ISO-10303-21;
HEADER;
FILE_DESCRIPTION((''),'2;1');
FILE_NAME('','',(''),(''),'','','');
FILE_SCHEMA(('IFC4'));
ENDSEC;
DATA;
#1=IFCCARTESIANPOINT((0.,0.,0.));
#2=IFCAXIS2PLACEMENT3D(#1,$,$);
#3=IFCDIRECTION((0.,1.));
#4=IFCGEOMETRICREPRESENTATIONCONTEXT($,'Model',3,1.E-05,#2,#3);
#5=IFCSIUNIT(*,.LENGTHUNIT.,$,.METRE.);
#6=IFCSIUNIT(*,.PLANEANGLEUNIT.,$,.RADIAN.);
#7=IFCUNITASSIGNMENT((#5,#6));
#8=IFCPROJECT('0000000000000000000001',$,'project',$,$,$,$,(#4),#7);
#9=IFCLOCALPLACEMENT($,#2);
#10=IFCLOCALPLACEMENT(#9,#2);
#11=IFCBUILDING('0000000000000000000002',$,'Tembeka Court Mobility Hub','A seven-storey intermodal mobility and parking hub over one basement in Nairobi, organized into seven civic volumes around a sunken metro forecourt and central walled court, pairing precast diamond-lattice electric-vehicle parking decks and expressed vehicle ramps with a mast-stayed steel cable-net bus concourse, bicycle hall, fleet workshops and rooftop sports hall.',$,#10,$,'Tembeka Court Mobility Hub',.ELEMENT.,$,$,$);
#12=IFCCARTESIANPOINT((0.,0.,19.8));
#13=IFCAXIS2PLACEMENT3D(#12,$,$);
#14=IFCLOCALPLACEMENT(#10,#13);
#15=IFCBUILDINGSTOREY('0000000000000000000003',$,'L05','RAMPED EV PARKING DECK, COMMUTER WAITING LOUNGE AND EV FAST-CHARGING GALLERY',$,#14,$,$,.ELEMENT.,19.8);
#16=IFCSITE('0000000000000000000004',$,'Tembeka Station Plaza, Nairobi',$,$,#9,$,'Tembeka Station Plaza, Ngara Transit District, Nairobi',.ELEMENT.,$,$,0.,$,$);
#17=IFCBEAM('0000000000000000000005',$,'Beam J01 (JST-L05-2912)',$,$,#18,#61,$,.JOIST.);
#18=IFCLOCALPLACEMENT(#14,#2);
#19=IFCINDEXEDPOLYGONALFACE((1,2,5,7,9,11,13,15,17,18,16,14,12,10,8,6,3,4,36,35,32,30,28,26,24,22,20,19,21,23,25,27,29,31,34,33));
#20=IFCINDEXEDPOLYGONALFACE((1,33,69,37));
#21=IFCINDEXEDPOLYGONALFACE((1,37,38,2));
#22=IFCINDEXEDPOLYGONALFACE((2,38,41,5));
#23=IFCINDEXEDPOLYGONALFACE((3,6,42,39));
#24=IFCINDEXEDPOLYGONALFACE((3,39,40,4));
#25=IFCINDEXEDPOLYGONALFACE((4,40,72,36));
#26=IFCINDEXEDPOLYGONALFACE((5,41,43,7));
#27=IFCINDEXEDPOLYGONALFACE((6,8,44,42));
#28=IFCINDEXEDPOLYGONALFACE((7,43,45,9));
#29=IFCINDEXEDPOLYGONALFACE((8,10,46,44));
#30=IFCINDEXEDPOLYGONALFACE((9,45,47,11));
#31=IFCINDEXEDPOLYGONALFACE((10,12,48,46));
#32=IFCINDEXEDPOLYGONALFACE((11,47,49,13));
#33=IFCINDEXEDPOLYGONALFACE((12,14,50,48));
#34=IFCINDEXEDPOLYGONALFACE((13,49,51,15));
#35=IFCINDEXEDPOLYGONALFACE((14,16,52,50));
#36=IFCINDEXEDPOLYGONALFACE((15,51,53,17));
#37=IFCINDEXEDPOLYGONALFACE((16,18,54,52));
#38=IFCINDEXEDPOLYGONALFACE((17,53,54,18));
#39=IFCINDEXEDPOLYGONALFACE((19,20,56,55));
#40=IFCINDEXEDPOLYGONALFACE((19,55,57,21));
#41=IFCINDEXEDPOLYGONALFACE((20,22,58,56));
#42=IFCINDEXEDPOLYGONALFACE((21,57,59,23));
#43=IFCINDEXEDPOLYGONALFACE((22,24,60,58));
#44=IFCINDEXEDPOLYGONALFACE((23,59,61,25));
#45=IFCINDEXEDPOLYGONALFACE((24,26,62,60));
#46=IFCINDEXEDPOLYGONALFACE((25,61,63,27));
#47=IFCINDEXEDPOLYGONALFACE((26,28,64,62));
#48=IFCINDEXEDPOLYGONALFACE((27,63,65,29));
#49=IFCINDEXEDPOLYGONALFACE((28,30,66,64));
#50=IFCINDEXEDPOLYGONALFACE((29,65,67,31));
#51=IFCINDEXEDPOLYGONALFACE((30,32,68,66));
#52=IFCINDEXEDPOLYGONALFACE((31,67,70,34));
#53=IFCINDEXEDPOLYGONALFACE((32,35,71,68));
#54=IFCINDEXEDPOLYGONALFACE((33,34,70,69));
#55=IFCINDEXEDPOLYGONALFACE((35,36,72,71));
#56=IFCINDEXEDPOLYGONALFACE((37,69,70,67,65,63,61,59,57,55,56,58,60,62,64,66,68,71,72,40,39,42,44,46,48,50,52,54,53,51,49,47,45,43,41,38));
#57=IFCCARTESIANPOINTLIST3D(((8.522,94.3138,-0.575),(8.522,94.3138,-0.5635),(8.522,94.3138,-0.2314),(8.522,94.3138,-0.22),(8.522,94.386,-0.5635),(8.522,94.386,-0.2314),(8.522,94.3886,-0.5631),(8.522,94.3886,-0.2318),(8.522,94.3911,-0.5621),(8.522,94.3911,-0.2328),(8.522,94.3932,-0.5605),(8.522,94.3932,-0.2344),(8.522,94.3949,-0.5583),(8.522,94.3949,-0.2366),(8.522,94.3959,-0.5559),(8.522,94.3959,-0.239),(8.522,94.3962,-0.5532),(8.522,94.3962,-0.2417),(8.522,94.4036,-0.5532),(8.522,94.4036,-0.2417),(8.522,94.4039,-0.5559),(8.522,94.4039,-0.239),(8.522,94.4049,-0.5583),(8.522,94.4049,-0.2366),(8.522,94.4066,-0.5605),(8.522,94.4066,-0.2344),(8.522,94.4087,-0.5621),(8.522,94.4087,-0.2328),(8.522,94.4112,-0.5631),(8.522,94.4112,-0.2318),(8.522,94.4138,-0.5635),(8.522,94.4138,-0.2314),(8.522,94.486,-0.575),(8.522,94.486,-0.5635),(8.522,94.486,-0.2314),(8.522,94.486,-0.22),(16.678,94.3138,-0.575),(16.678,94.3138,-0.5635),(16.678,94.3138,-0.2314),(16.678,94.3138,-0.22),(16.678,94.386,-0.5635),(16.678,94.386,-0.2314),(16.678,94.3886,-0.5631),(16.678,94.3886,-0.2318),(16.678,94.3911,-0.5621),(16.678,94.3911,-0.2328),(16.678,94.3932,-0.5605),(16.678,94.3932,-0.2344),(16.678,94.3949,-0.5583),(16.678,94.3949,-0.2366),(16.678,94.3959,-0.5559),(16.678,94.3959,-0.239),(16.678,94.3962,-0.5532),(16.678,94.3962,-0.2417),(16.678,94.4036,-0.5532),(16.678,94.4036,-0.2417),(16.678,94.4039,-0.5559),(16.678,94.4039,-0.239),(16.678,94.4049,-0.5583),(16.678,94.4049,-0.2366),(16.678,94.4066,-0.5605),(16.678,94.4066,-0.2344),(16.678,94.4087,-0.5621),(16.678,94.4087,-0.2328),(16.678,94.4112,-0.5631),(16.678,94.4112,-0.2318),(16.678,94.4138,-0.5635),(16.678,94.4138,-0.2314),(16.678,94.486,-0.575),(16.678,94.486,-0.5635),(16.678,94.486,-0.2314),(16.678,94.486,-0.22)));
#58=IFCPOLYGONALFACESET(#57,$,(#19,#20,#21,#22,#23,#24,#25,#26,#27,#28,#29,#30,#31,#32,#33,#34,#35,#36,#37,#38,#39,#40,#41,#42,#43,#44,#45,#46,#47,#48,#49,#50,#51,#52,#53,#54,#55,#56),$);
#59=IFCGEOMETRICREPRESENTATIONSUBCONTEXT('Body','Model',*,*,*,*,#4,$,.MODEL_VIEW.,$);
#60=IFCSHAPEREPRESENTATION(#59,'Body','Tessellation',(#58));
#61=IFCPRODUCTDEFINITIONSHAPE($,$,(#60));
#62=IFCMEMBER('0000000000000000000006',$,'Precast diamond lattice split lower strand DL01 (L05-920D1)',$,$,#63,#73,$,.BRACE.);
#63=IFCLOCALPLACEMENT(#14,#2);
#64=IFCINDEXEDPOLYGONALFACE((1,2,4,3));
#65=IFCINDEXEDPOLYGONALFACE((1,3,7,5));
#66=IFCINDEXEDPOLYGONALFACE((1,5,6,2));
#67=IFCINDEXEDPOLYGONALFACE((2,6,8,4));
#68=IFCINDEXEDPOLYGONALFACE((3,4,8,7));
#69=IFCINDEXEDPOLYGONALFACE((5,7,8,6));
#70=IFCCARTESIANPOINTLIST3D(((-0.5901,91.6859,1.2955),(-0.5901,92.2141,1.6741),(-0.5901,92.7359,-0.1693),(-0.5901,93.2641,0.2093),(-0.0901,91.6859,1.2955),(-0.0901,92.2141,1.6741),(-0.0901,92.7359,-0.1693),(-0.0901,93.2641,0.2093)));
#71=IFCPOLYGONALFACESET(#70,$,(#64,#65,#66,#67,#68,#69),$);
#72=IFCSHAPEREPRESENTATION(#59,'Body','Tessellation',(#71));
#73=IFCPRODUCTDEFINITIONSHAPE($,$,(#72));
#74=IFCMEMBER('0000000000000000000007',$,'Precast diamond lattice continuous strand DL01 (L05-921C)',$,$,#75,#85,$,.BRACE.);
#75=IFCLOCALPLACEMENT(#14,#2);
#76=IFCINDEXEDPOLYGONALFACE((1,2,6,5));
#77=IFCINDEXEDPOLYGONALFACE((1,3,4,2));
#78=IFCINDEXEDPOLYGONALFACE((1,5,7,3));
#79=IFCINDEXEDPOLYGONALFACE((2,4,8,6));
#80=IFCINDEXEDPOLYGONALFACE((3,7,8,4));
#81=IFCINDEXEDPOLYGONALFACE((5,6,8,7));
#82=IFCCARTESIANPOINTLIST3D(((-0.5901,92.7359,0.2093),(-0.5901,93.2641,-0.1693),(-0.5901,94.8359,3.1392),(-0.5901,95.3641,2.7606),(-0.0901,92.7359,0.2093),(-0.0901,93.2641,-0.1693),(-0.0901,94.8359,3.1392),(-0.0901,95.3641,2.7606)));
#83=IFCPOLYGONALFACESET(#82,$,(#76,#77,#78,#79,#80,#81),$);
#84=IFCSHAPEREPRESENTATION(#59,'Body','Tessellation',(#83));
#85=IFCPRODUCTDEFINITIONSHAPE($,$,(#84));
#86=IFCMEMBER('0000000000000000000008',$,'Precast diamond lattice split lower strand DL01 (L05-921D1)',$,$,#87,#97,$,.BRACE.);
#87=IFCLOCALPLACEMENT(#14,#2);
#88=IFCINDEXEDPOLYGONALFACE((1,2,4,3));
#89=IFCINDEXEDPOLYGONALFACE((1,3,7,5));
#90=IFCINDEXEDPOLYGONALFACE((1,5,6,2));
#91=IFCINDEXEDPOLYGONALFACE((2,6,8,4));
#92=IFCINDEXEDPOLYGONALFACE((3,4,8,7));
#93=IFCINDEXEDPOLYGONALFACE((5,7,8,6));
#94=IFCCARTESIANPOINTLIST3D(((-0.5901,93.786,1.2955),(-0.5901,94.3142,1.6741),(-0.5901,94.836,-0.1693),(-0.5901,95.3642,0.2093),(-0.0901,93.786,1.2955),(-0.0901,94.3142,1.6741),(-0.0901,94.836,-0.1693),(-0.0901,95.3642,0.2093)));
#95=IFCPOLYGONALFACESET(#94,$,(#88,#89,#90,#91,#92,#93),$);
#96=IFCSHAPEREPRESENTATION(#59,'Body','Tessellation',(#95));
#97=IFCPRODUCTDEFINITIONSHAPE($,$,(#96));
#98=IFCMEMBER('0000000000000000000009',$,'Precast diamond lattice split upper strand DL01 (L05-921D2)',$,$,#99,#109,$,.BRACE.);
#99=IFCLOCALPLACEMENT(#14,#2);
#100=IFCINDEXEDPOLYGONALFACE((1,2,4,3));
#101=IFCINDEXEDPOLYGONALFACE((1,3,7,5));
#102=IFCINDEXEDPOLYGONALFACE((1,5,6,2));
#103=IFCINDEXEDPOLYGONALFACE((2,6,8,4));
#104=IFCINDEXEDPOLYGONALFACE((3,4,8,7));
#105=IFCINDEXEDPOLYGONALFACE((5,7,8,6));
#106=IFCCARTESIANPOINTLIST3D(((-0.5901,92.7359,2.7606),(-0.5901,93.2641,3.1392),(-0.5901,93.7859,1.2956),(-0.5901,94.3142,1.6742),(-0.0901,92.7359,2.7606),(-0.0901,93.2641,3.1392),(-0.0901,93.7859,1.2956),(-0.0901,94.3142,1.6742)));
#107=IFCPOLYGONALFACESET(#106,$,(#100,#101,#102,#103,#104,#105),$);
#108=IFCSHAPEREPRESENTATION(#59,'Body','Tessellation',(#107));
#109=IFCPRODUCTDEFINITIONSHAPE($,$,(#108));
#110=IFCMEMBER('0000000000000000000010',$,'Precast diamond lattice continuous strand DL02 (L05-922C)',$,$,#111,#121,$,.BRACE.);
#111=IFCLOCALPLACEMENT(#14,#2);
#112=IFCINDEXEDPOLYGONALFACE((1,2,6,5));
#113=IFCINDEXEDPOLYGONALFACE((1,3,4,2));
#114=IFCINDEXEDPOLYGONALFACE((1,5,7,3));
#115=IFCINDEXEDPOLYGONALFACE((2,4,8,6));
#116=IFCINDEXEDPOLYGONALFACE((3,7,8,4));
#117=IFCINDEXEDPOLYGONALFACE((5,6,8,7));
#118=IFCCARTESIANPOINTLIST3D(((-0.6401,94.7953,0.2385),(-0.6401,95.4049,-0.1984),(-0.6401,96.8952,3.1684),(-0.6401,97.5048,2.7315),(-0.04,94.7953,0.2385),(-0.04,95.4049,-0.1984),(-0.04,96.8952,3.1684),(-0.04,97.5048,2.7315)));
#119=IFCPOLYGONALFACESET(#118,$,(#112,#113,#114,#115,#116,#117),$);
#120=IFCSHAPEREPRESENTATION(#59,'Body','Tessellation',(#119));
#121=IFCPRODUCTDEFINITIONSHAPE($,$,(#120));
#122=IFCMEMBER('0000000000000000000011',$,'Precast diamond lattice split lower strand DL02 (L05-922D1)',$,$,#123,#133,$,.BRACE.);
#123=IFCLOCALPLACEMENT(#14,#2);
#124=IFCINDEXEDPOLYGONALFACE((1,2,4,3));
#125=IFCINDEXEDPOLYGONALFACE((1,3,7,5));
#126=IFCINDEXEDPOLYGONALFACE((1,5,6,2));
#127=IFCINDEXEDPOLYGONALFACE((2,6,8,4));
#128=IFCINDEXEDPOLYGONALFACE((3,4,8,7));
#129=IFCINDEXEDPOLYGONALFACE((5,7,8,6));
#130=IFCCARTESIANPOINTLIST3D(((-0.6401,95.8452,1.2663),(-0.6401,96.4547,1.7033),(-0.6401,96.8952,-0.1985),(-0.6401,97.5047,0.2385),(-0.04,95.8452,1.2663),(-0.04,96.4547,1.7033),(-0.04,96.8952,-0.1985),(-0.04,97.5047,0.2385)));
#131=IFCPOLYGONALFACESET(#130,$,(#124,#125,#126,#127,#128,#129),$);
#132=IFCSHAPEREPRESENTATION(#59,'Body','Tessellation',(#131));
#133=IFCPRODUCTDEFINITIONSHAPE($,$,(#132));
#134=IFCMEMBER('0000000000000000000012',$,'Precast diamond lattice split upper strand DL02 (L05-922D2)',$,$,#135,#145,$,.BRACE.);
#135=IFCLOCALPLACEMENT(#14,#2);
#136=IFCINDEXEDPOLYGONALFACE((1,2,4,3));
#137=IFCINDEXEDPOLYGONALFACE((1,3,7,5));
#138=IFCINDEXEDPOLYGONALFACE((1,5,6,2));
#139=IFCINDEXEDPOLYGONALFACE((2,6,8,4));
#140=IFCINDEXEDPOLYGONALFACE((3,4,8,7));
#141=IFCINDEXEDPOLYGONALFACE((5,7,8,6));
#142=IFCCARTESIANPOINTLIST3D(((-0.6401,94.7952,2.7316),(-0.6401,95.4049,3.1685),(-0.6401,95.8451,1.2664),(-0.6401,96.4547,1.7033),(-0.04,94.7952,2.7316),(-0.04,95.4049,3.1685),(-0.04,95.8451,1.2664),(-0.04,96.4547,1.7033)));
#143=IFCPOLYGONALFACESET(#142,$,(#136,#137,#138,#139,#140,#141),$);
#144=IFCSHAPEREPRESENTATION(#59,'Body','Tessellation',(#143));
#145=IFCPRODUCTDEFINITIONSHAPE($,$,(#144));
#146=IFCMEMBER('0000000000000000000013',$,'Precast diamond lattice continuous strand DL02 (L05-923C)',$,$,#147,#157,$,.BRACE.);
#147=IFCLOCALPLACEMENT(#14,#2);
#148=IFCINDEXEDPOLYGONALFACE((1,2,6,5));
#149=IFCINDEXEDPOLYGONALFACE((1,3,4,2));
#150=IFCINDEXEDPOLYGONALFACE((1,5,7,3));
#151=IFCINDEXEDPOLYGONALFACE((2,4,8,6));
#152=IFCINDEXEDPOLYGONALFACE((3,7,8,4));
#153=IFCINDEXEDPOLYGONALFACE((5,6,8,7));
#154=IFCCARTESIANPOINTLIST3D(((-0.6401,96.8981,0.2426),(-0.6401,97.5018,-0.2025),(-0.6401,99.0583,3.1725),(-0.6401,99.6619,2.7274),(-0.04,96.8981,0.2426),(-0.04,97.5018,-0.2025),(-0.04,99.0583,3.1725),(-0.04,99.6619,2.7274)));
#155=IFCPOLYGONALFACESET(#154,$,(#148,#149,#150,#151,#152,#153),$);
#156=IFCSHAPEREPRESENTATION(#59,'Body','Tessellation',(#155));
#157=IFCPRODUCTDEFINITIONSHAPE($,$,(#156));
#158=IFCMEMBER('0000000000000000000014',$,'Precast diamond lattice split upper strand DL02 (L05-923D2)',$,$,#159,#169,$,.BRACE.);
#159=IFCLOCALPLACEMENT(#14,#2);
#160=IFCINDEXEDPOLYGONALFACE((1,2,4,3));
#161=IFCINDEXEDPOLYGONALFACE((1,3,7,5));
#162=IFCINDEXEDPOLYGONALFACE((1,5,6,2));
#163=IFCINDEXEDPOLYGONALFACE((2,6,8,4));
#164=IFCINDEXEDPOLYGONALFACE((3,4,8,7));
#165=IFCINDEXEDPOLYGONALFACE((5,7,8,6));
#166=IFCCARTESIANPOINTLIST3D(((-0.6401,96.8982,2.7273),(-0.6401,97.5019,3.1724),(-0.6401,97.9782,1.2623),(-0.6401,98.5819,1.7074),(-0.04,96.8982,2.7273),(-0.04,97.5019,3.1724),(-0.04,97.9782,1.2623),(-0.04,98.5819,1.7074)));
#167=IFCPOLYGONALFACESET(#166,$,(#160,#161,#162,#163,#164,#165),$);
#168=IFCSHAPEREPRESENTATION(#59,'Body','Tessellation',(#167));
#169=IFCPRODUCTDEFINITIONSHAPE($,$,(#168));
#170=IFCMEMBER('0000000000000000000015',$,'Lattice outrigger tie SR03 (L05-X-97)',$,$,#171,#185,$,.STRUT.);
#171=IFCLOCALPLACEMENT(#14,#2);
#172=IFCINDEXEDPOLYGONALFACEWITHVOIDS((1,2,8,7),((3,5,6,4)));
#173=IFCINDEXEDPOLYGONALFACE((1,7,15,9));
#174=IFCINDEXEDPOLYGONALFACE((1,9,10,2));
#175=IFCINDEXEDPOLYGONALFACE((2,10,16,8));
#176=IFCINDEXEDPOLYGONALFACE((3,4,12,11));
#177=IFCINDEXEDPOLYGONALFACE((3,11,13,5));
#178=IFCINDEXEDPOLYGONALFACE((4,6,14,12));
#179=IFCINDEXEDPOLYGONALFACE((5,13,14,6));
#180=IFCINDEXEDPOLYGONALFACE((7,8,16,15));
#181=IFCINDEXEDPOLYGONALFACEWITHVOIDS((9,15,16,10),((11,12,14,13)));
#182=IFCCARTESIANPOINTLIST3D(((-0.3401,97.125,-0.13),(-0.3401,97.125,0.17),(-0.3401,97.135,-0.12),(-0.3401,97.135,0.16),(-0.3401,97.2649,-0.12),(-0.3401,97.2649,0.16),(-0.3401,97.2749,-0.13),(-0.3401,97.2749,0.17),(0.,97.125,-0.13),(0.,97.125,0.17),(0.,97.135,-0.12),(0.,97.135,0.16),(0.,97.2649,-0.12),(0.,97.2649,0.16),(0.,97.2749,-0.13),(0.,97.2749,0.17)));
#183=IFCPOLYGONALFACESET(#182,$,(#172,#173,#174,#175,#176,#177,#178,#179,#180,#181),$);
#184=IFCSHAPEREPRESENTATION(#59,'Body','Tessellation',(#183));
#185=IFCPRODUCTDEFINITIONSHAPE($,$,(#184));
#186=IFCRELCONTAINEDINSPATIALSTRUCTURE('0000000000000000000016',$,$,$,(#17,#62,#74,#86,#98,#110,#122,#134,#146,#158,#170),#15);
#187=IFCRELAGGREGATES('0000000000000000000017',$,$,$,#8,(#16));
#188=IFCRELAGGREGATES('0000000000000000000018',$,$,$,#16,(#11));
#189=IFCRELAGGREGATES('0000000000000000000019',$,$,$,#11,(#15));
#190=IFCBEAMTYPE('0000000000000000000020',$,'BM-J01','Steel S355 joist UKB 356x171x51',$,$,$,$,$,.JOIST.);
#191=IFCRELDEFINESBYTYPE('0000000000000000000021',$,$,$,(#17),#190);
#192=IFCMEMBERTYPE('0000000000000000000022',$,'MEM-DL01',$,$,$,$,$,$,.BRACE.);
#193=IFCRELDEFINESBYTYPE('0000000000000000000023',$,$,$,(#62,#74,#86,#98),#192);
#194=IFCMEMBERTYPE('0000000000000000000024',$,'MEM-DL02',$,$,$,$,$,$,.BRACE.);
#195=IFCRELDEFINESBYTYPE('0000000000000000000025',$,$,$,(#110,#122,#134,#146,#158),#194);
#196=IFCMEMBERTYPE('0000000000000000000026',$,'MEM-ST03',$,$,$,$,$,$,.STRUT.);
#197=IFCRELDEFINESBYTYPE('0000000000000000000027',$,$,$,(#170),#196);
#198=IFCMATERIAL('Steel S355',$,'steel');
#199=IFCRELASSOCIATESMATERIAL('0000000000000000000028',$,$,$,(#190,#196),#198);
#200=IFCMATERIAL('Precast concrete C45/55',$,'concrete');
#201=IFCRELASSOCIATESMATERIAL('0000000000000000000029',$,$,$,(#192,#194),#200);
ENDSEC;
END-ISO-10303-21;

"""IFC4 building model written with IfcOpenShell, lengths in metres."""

from ifc_helpers import new_model, si_unit, direction, frame, origin, origin_2d, place, context, subcontext, project, spatial, rectangle, hollow_rectangle, i_section, extrude, material, material_profile, profile_set, type_object, element, save


model = new_model("IFC4")

# Units and contexts
model_context = context("Model", 3, precision=1e-05, world=origin(), true_north=direction((0.0, 1.0)))
body_context = subcontext(model_context, "Body", "Model", "MODEL_VIEW")
ifc_project = project(units=[si_unit("LENGTHUNIT", "METRE"), si_unit("PLANEANGLEUNIT", "RADIAN")], contexts=[model_context])

# Site, building, storey
site_placement = place(None, origin())
site = spatial("IfcSite", under=ifc_project, at=site_placement, Name="Tembeka Station Plaza, Nairobi", LongName="Tembeka Station Plaza, Ngara Transit District, Nairobi", CompositionType="ELEMENT", RefElevation=0.0)
building_placement = place(site_placement, origin())
building = spatial("IfcBuilding", under=site, at=building_placement, Name="Tembeka Court Mobility Hub", Description="A seven-storey intermodal mobility and parking hub over one basement in Nairobi, organized into seven civic volumes around a sunken metro forecourt and central walled court, pairing precast diamond-lattice electric-vehicle parking decks and expressed vehicle ramps with a mast-stayed steel cable-net bus concourse, bicycle hall, fleet workshops and rooftop sports hall.", LongName="Tembeka Court Mobility Hub", CompositionType="ELEMENT")
storey_placement = place(building_placement, frame((0.0, 0.0, 19.8)))
storey = spatial("IfcBuildingStorey", under=building, at=storey_placement, Name="L05", Description="RAMPED EV PARKING DECK, COMMUTER WAITING LOUNGE AND EV FAST-CHARGING GALLERY", CompositionType="ELEMENT", Elevation=19.8)

# Shared definitions
ifc_material_1 = material(Name="Steel S355", Category="steel")

# Beam
ifc_material_profile_1 = material_profile(ifc_material_1, i_section(OverallWidth=0.1721, OverallDepth=0.355, WebThickness=0.0073, FlangeThickness=0.0115, FilletRadius=0.0103, at=origin_2d()), Name="UKB 356x171x51")
ifc_profile_set_1 = profile_set([ifc_material_profile_1], Name="Steel S355")
beam_type_1 = type_object("IfcBeamType", Name="BM-J01", Description="Steel S355 joist UKB 356x171x51", PredefinedType="JOIST", material=ifc_profile_set_1)
for number, where, z_axis, x_axis, name in (
    (1, (8.522, 94.3999, -0.3975), (1.0, 0.0, 0.0), (0.0, 1.0, 0.0), "Beam J01 (JST-L05-2912)"),
):
    element("IfcBeam", number, at=place(storey_placement, frame(where, z_axis=z_axis, x_axis=x_axis)), inside=storey, type_object=beam_type_1, Name=name, PredefinedType="JOIST", context=body_context, shape_type="SweptSolid", body=[
        extrude(i_section(OverallWidth=0.1721, OverallDepth=0.355, WebThickness=0.0073, FlangeThickness=0.0115, FilletRadius=0.0103, at=origin_2d()), origin(), (0.0, 0.0, 1.0), 8.156),
    ])

# Members
ifc_material_2 = material(Name="Precast concrete C45/55", Category="concrete")
ifc_material_profile_2 = material_profile(ifc_material_2, rectangle(XDim=0.5, YDim=0.6499, at=origin_2d()), Name="PC-DIAG 500x650")
ifc_profile_set_2 = profile_set([ifc_material_profile_2], Name="Precast concrete C45/55")
member_type_1 = type_object("IfcMemberType", Name="MEM-DL01", PredefinedType="BRACE", material=ifc_profile_set_2)
member_1_placement = place(storey_placement, frame((-0.3401, 93.0, 0.02), z_axis=(0.0, -0.582608, 0.812753), x_axis=(1.0, 0.0, 0.0)))
element("IfcMember", 2, at=member_1_placement, inside=storey, type_object=member_type_1, Name="Precast diamond lattice split lower strand DL01 (L05-920D1)", PredefinedType="BRACE", context=body_context, shape_type="SweptSolid", body=[
    extrude(rectangle(XDim=0.5, YDim=0.6499, at=origin_2d()), origin(), (0.0, 0.0, 1.0), 1.8022),
])
member_2_placement = place(storey_placement, frame((-0.3401, 93.0, 0.02), z_axis=(0.0, 0.582576, 0.812776), x_axis=(-1.0, 0.0, 0.0)))
element("IfcMember", 3, at=member_2_placement, inside=storey, type_object=member_type_1, Name="Precast diamond lattice continuous strand DL01 (L05-921C)", PredefinedType="BRACE", context=body_context, shape_type="SweptSolid", body=[
    extrude(rectangle(XDim=0.5, YDim=0.6499, at=origin_2d()), origin(), (0.0, 0.0, 1.0), 3.6047),
])
member_3_placement = place(storey_placement, frame((-0.3401, 95.1001, 0.02), z_axis=(0.0, -0.582608, 0.812753), x_axis=(1.0, 0.0, 0.0)))
element("IfcMember", 4, at=member_3_placement, inside=storey, type_object=member_type_1, Name="Precast diamond lattice split lower strand DL01 (L05-921D1)", PredefinedType="BRACE", context=body_context, shape_type="SweptSolid", body=[
    extrude(rectangle(XDim=0.5, YDim=0.6499, at=origin_2d()), origin(), (0.0, 0.0, 1.0), 1.8022),
])
member_4_placement = place(storey_placement, frame((-0.3401, 94.05, 1.4849), z_axis=(0.0, -0.582544, 0.812799), x_axis=(1.0, 0.0, 0.0)))
element("IfcMember", 5, at=member_4_placement, inside=storey, type_object=member_type_1, Name="Precast diamond lattice split upper strand DL01 (L05-921D2)", PredefinedType="BRACE", context=body_context, shape_type="SweptSolid", body=[
    extrude(rectangle(XDim=0.5, YDim=0.6499, at=origin_2d()), origin(), (0.0, 0.0, 1.0), 1.8025),
])
ifc_material_profile_3 = material_profile(ifc_material_2, rectangle(XDim=0.6001, YDim=0.75, at=origin_2d()), Name="PC-DIAG 600x750")
ifc_profile_set_3 = profile_set([ifc_material_profile_3], Name="Precast concrete C45/55")
member_type_2 = type_object("IfcMemberType", Name="MEM-DL02", PredefinedType="BRACE", material=ifc_profile_set_3)
member_5_placement = place(storey_placement, frame((-0.3401, 95.1001, 0.02), z_axis=(0.0, 0.582532, 0.812808), x_axis=(-1.0, 0.0, 0.0)))
element("IfcMember", 6, at=member_5_placement, inside=storey, type_object=member_type_2, Name="Precast diamond lattice continuous strand DL02 (L05-922C)", PredefinedType="BRACE", context=body_context, shape_type="SweptSolid", body=[
    extrude(rectangle(XDim=0.6001, YDim=0.75, at=origin_2d()), origin(), (0.0, 0.0, 1.0), 3.6047),
])
member_6_placement = place(storey_placement, frame((-0.3401, 97.2, 0.02), z_axis=(0.0, -0.582608, 0.812753), x_axis=(1.0, 0.0, 0.0)))
element("IfcMember", 7, at=member_6_placement, inside=storey, type_object=member_type_2, Name="Precast diamond lattice split lower strand DL02 (L05-922D1)", PredefinedType="BRACE", context=body_context, shape_type="SweptSolid", body=[
    extrude(rectangle(XDim=0.6001, YDim=0.75, at=origin_2d()), origin(), (0.0, 0.0, 1.0), 1.8022),
])
member_7_placement = place(storey_placement, frame((-0.3401, 96.1499, 1.4849), z_axis=(0.0, -0.582455, 0.812863), x_axis=(1.0, 0.0, 0.0)))
element("IfcMember", 8, at=member_7_placement, inside=storey, type_object=member_type_2, Name="Precast diamond lattice split upper strand DL02 (L05-922D2)", PredefinedType="BRACE", context=body_context, shape_type="SweptSolid", body=[
    extrude(rectangle(XDim=0.6001, YDim=0.75, at=origin_2d()), origin(), (0.0, 0.0, 1.0), 1.8025),
])
member_8_placement = place(storey_placement, frame((-0.3401, 97.2, 0.02), z_axis=(0.0, 0.593423, 0.804891), x_axis=(-1.0, 0.0, 0.0)))
element("IfcMember", 9, at=member_8_placement, inside=storey, type_object=member_type_2, Name="Precast diamond lattice continuous strand DL02 (L05-923C)", PredefinedType="BRACE", context=body_context, shape_type="SweptSolid", body=[
    extrude(rectangle(XDim=0.6001, YDim=0.75, at=origin_2d()), origin(), (0.0, 0.0, 1.0), 3.6401),
])
member_9_placement = place(storey_placement, frame((-0.3401, 98.28, 1.4849), z_axis=(0.0, -0.593391, 0.804914), x_axis=(1.0, 0.0, 0.0)))
element("IfcMember", 10, at=member_9_placement, inside=storey, type_object=member_type_2, Name="Precast diamond lattice split upper strand DL02 (L05-923D2)", PredefinedType="BRACE", context=body_context, shape_type="SweptSolid", body=[
    extrude(rectangle(XDim=0.6001, YDim=0.75, at=origin_2d()), origin(), (0.0, 0.0, 1.0), 1.8201),
])
ifc_material_profile_4 = material_profile(ifc_material_1, hollow_rectangle(XDim=0.1499, YDim=0.3, WallThickness=0.01, at=origin_2d()), Name="RHS 300x150x10")
ifc_profile_set_4 = profile_set([ifc_material_profile_4], Name="Steel S355")
member_type_3 = type_object("IfcMemberType", Name="MEM-ST03", PredefinedType="STRUT", material=ifc_profile_set_4)
member_10_placement = place(storey_placement, frame((0.0, 97.2, 0.02), z_axis=(-1.0, 0.0, 0.0), x_axis=(0.0, -1.0, 0.0)))
element("IfcMember", 11, at=member_10_placement, inside=storey, type_object=member_type_3, Name="Lattice outrigger tie SR03 (L05-X-97)", PredefinedType="STRUT", context=body_context, shape_type="SweptSolid", body=[
    extrude(hollow_rectangle(XDim=0.1499, YDim=0.3, WallThickness=0.01, at=origin_2d()), origin(), (0.0, 0.0, 1.0), 0.3401),
])

save(model, "model.ifc")
